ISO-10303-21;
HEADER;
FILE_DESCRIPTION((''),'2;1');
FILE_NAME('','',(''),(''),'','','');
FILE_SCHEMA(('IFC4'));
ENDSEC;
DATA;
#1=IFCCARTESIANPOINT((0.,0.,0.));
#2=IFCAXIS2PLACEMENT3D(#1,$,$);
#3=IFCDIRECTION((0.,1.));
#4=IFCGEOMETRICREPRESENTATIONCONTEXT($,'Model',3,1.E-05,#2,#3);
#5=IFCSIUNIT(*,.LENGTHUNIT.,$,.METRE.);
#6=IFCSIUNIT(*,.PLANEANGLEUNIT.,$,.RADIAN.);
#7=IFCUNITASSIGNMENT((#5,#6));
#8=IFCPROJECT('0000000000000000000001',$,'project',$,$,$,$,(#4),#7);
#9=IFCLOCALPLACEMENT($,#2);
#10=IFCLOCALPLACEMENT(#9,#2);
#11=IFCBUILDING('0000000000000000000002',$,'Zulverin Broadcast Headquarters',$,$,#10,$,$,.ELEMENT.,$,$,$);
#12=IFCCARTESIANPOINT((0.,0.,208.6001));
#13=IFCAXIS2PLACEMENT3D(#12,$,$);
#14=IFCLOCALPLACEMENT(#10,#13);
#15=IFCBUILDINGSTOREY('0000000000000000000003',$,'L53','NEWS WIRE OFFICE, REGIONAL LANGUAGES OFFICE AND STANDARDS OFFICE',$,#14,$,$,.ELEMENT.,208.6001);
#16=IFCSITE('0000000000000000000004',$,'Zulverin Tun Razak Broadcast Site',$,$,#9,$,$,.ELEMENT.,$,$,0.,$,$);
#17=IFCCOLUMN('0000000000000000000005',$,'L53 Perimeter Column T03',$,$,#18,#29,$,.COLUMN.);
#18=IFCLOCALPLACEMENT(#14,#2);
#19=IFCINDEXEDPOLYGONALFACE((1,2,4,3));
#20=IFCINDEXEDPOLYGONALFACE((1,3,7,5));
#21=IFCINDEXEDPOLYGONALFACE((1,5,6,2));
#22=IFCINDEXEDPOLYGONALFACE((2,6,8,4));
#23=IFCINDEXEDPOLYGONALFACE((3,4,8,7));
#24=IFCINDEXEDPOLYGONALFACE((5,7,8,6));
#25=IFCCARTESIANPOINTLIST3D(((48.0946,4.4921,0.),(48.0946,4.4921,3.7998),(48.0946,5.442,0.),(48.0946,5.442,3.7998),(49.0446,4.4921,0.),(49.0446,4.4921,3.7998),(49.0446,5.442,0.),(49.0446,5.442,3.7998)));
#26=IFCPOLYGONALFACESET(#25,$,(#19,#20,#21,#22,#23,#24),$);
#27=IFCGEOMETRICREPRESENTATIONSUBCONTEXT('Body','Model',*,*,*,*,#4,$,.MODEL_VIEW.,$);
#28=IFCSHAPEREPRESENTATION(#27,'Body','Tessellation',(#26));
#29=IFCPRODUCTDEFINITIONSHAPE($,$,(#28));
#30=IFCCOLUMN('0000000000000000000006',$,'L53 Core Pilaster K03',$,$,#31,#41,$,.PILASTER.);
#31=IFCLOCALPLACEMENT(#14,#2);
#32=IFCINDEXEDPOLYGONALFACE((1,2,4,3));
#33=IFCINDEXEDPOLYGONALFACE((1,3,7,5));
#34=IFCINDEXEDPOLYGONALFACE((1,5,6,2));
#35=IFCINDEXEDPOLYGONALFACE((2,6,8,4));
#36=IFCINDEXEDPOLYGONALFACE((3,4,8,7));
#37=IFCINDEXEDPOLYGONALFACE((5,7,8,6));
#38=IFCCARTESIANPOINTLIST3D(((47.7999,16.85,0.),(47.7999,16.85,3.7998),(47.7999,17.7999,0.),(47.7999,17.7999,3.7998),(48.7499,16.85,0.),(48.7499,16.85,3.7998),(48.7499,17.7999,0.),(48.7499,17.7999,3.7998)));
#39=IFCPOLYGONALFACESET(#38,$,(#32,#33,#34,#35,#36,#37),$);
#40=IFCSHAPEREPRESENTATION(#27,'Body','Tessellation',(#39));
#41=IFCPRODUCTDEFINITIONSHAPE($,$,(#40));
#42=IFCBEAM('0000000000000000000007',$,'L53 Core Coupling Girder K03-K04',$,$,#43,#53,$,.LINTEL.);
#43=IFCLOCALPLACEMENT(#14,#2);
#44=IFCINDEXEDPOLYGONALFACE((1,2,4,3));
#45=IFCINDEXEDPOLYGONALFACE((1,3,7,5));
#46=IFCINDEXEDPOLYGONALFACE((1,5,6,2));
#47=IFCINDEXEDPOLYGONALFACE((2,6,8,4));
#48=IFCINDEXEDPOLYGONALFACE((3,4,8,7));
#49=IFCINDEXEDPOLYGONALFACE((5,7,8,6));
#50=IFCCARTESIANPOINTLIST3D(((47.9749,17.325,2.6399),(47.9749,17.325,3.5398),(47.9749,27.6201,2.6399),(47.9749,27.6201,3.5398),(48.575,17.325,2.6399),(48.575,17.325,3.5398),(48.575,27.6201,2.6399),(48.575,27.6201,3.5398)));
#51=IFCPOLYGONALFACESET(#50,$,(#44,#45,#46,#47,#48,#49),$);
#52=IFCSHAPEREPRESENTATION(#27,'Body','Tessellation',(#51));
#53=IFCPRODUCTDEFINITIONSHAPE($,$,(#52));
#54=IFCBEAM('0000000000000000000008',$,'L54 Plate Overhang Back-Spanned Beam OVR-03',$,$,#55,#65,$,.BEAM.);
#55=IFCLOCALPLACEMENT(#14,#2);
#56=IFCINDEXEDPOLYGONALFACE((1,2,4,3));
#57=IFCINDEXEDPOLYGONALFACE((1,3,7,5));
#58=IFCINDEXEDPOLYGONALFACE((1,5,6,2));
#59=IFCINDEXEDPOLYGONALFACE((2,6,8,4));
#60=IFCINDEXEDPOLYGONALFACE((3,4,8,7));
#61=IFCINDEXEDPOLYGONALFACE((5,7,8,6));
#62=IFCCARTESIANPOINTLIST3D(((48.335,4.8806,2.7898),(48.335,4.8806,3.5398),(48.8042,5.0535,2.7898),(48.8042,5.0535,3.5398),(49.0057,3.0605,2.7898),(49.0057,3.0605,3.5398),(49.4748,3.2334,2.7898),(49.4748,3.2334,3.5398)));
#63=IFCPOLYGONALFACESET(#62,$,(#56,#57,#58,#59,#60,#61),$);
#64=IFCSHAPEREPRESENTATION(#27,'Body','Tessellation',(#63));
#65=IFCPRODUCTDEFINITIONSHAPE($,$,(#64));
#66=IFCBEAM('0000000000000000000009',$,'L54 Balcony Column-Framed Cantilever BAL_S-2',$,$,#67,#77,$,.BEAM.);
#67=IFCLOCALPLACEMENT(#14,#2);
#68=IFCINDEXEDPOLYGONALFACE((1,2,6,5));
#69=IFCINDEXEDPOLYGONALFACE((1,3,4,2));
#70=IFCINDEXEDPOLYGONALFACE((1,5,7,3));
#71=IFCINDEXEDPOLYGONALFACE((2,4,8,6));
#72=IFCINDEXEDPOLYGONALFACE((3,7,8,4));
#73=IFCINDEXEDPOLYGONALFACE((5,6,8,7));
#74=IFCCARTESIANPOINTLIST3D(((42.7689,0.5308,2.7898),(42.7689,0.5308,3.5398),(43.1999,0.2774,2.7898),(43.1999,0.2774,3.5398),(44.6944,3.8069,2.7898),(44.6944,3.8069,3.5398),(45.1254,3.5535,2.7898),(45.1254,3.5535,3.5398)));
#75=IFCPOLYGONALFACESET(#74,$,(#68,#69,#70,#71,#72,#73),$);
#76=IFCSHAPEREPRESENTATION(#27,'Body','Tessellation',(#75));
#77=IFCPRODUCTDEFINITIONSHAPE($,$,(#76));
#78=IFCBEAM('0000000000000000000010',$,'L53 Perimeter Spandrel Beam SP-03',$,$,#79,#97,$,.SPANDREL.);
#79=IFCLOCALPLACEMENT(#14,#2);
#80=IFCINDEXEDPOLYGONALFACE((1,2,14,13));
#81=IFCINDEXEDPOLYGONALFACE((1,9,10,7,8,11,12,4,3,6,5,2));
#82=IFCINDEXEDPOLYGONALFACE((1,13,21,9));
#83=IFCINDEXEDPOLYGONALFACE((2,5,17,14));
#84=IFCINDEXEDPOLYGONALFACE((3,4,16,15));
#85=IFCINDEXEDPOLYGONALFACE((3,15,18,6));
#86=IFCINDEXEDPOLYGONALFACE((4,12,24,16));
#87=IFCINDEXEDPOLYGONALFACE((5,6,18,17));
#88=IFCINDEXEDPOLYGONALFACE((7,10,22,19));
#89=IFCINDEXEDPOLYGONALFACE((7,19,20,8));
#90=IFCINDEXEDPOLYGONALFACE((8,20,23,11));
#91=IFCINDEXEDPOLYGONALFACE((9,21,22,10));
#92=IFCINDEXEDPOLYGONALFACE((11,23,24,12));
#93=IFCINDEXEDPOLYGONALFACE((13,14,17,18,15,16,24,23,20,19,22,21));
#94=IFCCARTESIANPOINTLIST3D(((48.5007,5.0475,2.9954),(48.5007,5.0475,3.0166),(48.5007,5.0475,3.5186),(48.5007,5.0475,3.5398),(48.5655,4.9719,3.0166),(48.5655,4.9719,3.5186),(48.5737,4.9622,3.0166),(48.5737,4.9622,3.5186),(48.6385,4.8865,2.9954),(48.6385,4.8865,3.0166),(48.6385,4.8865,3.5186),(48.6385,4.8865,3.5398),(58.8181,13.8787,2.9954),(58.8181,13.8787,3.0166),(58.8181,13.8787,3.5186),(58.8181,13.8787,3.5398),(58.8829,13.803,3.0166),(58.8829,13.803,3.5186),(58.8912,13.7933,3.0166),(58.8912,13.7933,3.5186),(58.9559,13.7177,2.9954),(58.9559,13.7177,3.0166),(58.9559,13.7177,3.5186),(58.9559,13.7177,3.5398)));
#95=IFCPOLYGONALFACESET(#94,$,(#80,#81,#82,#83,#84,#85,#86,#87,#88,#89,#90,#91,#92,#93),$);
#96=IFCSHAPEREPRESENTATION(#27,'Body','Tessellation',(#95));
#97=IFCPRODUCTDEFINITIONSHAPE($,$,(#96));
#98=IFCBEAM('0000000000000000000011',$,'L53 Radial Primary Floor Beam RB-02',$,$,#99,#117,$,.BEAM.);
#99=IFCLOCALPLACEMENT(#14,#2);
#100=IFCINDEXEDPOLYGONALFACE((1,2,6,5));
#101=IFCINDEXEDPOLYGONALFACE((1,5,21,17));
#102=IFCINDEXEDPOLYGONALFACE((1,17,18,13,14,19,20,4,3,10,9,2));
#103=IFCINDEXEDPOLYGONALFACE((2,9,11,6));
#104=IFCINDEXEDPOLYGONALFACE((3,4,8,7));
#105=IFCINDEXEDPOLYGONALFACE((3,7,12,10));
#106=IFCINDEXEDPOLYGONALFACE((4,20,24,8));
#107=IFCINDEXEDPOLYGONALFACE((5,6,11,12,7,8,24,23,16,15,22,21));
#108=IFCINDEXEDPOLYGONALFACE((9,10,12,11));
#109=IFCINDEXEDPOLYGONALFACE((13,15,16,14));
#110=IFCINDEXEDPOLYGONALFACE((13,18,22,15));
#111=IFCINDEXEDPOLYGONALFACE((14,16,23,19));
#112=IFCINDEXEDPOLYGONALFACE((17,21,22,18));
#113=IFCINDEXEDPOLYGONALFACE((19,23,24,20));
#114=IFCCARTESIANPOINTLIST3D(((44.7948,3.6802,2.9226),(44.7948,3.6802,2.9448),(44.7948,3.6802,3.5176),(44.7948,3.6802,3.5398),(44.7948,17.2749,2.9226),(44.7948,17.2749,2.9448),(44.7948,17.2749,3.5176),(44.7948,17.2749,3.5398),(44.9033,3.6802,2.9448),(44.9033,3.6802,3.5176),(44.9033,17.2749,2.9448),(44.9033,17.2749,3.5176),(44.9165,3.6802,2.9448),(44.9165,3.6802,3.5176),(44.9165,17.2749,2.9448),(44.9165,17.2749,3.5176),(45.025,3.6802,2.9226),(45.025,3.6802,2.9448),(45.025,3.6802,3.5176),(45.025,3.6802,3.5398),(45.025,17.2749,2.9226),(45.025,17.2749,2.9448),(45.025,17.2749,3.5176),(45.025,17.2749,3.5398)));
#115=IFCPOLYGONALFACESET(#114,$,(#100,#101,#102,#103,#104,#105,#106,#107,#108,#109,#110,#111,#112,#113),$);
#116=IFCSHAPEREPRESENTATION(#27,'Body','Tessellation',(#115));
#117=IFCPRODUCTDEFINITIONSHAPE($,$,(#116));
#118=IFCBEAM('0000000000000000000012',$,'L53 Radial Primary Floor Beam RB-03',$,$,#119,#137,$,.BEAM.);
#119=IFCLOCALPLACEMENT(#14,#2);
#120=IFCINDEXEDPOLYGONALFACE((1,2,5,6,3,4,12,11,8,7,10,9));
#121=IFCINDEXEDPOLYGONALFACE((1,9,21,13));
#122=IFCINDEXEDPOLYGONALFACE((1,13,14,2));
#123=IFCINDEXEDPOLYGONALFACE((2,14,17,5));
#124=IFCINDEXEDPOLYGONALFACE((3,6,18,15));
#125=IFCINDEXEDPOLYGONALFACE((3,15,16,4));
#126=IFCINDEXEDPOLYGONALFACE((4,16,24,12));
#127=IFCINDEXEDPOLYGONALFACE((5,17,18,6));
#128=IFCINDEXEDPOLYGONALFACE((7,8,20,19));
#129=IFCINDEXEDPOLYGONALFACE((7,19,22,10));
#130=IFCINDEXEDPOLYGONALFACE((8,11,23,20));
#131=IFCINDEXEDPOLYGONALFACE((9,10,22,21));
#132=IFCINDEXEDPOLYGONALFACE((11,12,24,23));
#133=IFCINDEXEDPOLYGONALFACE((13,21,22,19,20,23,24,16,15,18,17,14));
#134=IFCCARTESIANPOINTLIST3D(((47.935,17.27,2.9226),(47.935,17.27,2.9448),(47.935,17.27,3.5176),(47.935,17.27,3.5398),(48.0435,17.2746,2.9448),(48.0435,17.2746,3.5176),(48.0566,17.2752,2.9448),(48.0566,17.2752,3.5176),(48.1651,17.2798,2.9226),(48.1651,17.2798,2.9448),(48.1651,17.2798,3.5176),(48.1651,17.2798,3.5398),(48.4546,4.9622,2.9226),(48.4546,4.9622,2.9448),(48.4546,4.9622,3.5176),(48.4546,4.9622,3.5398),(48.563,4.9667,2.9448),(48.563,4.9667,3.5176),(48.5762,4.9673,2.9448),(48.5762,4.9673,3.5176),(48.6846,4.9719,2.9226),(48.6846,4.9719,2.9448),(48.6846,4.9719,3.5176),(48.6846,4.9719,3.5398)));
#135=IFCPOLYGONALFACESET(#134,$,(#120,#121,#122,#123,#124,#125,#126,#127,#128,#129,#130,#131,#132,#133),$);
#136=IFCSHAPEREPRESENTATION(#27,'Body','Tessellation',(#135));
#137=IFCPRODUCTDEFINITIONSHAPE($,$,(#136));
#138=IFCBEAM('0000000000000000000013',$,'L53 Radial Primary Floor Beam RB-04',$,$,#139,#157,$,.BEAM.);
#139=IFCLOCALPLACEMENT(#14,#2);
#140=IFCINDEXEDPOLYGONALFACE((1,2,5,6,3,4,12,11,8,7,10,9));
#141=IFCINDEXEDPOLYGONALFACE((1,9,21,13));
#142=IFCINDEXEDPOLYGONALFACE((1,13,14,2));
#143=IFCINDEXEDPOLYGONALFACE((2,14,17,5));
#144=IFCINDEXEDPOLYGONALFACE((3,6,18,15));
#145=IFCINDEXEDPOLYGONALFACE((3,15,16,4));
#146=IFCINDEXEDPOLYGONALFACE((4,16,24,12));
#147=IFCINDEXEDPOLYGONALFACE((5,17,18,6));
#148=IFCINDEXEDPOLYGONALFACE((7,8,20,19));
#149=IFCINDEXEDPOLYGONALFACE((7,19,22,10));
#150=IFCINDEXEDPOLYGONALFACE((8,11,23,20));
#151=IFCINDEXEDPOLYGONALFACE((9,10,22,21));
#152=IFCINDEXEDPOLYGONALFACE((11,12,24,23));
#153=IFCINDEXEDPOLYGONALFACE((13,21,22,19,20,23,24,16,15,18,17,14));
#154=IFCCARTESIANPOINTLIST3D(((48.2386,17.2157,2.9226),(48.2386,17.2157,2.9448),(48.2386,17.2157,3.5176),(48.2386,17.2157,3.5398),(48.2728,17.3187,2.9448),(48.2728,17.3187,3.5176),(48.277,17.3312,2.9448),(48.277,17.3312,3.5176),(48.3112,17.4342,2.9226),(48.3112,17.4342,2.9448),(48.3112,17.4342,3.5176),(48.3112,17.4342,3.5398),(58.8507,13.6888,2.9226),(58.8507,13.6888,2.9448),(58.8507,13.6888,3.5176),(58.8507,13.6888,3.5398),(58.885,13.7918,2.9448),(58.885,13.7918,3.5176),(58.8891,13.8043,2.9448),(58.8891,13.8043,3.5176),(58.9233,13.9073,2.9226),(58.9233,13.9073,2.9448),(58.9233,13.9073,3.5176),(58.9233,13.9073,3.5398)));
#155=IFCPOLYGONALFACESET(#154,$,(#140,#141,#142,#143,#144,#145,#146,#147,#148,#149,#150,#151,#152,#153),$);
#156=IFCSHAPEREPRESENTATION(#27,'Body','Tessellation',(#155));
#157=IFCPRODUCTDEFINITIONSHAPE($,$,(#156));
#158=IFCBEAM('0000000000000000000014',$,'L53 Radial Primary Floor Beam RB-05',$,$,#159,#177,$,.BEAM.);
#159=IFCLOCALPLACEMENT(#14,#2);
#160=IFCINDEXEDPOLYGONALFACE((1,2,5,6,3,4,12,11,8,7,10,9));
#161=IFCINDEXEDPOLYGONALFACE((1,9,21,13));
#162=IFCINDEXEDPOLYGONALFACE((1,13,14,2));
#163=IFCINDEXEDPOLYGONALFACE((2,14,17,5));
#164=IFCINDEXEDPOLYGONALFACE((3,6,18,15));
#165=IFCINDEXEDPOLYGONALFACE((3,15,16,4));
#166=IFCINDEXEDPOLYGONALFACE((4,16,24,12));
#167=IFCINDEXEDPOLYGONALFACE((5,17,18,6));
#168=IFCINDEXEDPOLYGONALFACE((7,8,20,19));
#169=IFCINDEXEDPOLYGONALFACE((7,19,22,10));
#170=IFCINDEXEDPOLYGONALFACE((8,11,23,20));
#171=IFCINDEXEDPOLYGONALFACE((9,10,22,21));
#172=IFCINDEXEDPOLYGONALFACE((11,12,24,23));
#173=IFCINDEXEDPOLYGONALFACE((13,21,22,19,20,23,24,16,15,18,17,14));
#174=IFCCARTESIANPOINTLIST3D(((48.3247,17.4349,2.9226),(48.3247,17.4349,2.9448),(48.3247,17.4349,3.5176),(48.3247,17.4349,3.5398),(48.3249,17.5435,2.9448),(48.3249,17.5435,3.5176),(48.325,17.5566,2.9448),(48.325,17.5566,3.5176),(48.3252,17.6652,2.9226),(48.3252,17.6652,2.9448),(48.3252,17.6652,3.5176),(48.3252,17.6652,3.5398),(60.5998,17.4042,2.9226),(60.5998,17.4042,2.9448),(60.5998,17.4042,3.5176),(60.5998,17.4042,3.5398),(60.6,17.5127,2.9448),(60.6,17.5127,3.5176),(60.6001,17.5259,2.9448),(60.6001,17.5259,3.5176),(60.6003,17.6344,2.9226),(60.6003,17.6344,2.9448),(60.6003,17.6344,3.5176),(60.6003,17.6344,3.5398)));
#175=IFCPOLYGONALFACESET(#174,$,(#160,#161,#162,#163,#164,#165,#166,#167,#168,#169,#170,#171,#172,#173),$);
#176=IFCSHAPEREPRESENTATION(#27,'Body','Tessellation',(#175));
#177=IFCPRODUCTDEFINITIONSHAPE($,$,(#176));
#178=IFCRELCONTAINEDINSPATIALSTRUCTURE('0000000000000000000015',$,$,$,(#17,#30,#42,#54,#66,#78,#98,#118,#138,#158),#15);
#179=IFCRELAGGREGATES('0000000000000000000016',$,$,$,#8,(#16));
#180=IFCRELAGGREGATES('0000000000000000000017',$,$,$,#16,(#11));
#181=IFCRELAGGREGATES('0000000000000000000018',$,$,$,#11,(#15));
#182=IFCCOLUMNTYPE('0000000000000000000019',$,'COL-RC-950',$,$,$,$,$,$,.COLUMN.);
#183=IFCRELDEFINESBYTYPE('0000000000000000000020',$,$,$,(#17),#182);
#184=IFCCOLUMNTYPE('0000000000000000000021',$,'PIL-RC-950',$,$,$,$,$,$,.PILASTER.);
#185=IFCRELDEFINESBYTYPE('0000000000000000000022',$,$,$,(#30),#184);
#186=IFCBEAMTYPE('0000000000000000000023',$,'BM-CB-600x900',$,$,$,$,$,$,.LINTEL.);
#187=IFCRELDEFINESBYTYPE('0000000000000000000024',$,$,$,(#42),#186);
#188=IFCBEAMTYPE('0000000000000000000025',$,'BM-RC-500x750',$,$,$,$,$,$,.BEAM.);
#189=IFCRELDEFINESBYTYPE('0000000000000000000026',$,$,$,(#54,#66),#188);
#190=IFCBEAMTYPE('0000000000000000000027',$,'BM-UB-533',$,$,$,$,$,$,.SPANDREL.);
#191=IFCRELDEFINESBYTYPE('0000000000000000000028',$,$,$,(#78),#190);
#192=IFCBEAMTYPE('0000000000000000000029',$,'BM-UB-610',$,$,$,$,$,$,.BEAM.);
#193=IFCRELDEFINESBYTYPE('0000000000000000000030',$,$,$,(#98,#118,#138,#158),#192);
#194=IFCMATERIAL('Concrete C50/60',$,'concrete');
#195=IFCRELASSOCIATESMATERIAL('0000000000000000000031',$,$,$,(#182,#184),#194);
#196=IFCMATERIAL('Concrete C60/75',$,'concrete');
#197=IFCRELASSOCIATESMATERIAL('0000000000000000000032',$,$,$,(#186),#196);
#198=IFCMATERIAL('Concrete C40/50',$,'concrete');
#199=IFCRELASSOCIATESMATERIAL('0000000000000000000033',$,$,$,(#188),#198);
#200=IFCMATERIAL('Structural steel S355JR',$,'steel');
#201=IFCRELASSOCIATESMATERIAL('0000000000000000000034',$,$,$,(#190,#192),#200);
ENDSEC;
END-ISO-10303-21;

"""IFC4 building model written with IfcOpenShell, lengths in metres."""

from ifc_helpers import new_model, si_unit, direction, frame, origin, origin_2d, place, context, subcontext, project, spatial, rectangle, i_section, extrude, material, material_profile, profile_set, type_object, element, save


model = new_model("IFC4")

# Units and contexts
model_context = context("Model", 3, precision=1e-05, world=origin(), true_north=direction((0.0, 1.0)))
body_context = subcontext(model_context, "Body", "Model", "MODEL_VIEW")
ifc_project = project(units=[si_unit("LENGTHUNIT", "METRE"), si_unit("PLANEANGLEUNIT", "RADIAN")], contexts=[model_context])

# Site, building, storey
site_placement = place(None, origin())
site = spatial("IfcSite", under=ifc_project, at=site_placement, Name="Zulverin Tun Razak Broadcast Site", CompositionType="ELEMENT", RefElevation=0.0)
building_placement = place(site_placement, origin())
building = spatial("IfcBuilding", under=site, at=building_placement, Name="Zulverin Broadcast Headquarters", CompositionType="ELEMENT")
storey_placement = place(building_placement, frame((0.0, 0.0, 208.6001)))
storey = spatial("IfcBuildingStorey", under=building, at=storey_placement, Name="L53", Description="NEWS WIRE OFFICE, REGIONAL LANGUAGES OFFICE AND STANDARDS OFFICE", CompositionType="ELEMENT", Elevation=208.6001)

# Columns
ifc_material_1 = material(Name="Concrete C50/60", Category="concrete")
ifc_material_profile_1 = material_profile(ifc_material_1, rectangle(XDim=0.95, YDim=0.95, at=origin_2d()), Name="Concrete C50/60", Category="concrete")
ifc_profile_set_1 = profile_set([ifc_material_profile_1], Name="Concrete C50/60")
column_type_1 = type_object("IfcColumnType", Name="COL-RC-950", PredefinedType="COLUMN", material=ifc_profile_set_1)
column_1_placement = place(storey_placement, frame((48.5696, 4.967, 0.0), z_axis=(0.0, 0.0, 1.0), x_axis=(1.0, 0.0, 0.0)))
element("IfcColumn", 1, at=column_1_placement, inside=storey, type_object=column_type_1, Name="L53 Perimeter Column T03", PredefinedType="COLUMN", context=body_context, shape_type="SweptSolid", body=[
    extrude(rectangle(XDim=0.95, YDim=0.95, at=origin_2d()), origin(), (0.0, 0.0, 1.0), 3.7998),
])
ifc_material_profile_2 = material_profile(ifc_material_1, rectangle(XDim=0.95, YDim=0.95, at=origin_2d()), Name="Concrete C50/60", Category="concrete")
ifc_profile_set_2 = profile_set([ifc_material_profile_2], Name="Concrete C50/60")
column_type_2 = type_object("IfcColumnType", Name="PIL-RC-950", PredefinedType="PILASTER", material=ifc_profile_set_2)
column_2_placement = place(storey_placement, frame((48.2749, 17.325, 0.0), z_axis=(0.0, 0.0, 1.0), x_axis=(1.0, 0.0, 0.0)))
element("IfcColumn", 2, at=column_2_placement, inside=storey, type_object=column_type_2, Name="L53 Core Pilaster K03", PredefinedType="PILASTER", context=body_context, shape_type="SweptSolid", body=[
    extrude(rectangle(XDim=0.95, YDim=0.95, at=origin_2d()), origin(), (0.0, 0.0, 1.0), 3.7998),
])

# Beams
ifc_material_2 = material(Name="Concrete C60/75", Category="concrete")
ifc_material_profile_3 = material_profile(ifc_material_2, rectangle(XDim=0.6001, YDim=0.8999, at=origin_2d()), Name="Concrete C60/75", Category="concrete")
ifc_profile_set_3 = profile_set([ifc_material_profile_3], Name="Concrete C60/75")
beam_type_1 = type_object("IfcBeamType", Name="BM-CB-600x900", PredefinedType="LINTEL", material=ifc_profile_set_3)
beam_1_placement = place(storey_placement, frame((48.2749, 17.325, 3.0898), z_axis=(0.0, 1.0, 0.0), x_axis=(-1.0, 0.0, 0.0)))
element("IfcBeam", 3, at=beam_1_placement, inside=storey, type_object=beam_type_1, Name="L53 Core Coupling Girder K03-K04", PredefinedType="LINTEL", context=body_context, shape_type="SweptSolid", body=[
    extrude(rectangle(XDim=0.6001, YDim=0.8999, at=origin_2d()), origin(), (0.0, 0.0, 1.0), 10.2952),
])
ifc_material_3 = material(Name="Concrete C40/50", Category="concrete")
ifc_material_profile_4 = material_profile(ifc_material_3, rectangle(XDim=0.5, YDim=0.75, at=origin_2d()), Name="Concrete C40/50", Category="concrete")
ifc_profile_set_4 = profile_set([ifc_material_profile_4], Name="Concrete C40/50")
beam_type_2 = type_object("IfcBeamType", Name="BM-RC-500x750", PredefinedType="BEAM", material=ifc_profile_set_4)
beam_2_placement = place(storey_placement, frame((48.5696, 4.967, 3.1648), z_axis=(0.345752, -0.938326, 0.0), x_axis=(0.938326, 0.345752, 0.0)))
element("IfcBeam", 4, at=beam_2_placement, inside=storey, type_object=beam_type_2, Name="L54 Plate Overhang Back-Spanned Beam OVR-03", PredefinedType="BEAM", context=body_context, shape_type="SweptSolid", body=[
    extrude(rectangle(XDim=0.5, YDim=0.75, at=origin_2d()), origin(), (0.0, 0.0, 1.0), 1.9397),
])
beam_3_placement = place(storey_placement, frame((44.9099, 3.6802, 3.1648), z_axis=(-0.506708, -0.862117, 0.0), x_axis=(0.862117, -0.506708, 0.0)))
element("IfcBeam", 5, at=beam_3_placement, inside=storey, type_object=beam_type_2, Name="L54 Balcony Column-Framed Cantilever BAL_S-2", PredefinedType="BEAM", context=body_context, shape_type="SweptSolid", body=[
    extrude(rectangle(XDim=0.5, YDim=0.75, at=origin_2d()), origin(), (0.0, 0.0, 1.0), 3.8),
])
ifc_material_4 = material(Name="Structural steel S355JR", Category="steel")
ifc_material_profile_5 = material_profile(ifc_material_4, i_section(OverallWidth=0.2119, OverallDepth=0.5444, WebThickness=0.0127, FlangeThickness=0.0212, at=origin_2d()), Name="Structural steel S355JR", Category="steel")
ifc_profile_set_5 = profile_set([ifc_material_profile_5], Name="Structural steel S355JR")
beam_type_3 = type_object("IfcBeamType", Name="BM-UB-533", PredefinedType="SPANDREL", material=ifc_profile_set_5)
beam_4_placement = place(storey_placement, frame((48.5696, 4.967, 3.2676), z_axis=(0.759708, 0.650264, 0.0), x_axis=(-0.650264, 0.759708, 0.0)))
element("IfcBeam", 6, at=beam_4_placement, inside=storey, type_object=beam_type_3, Name="L53 Perimeter Spandrel Beam SP-03", PredefinedType="SPANDREL", context=body_context, shape_type="SweptSolid", body=[
    extrude(i_section(OverallWidth=0.2119, OverallDepth=0.5444, WebThickness=0.0127, FlangeThickness=0.0212, at=origin_2d()), origin(), (0.0, 0.0, 1.0), 13.5808),
])
ifc_material_profile_6 = material_profile(ifc_material_4, i_section(OverallWidth=0.2302, OverallDepth=0.6172, WebThickness=0.0132, FlangeThickness=0.0222, at=origin_2d()), Name="Structural steel S355JR", Category="steel")
ifc_profile_set_6 = profile_set([ifc_material_profile_6], Name="Structural steel S355JR")
beam_type_4 = type_object("IfcBeamType", Name="BM-UB-610", PredefinedType="BEAM", material=ifc_profile_set_6)
beam_5_placement = place(storey_placement, frame((44.9099, 17.2749, 3.2312), z_axis=(0.0, -1.0, 0.0), x_axis=(1.0, 0.0, 0.0)))
element("IfcBeam", 7, at=beam_5_placement, inside=storey, type_object=beam_type_4, Name="L53 Radial Primary Floor Beam RB-02", PredefinedType="BEAM", context=body_context, shape_type="SweptSolid", body=[
    extrude(i_section(OverallWidth=0.2302, OverallDepth=0.6172, WebThickness=0.0132, FlangeThickness=0.0222, at=origin_2d()), origin(), (0.0, 0.0, 1.0), 13.5947),
])
beam_6_placement = place(storey_placement, frame((48.05, 17.2749, 3.2312), z_axis=(0.042174, -0.99911, 0.0), x_axis=(0.99911, 0.042174, 0.0)))
element("IfcBeam", 8, at=beam_6_placement, inside=storey, type_object=beam_type_4, Name="L53 Radial Primary Floor Beam RB-03", PredefinedType="BEAM", context=body_context, shape_type="SweptSolid", body=[
    extrude(i_section(OverallWidth=0.2302, OverallDepth=0.6172, WebThickness=0.0132, FlangeThickness=0.0222, at=origin_2d()), origin(), (0.0, 0.0, 1.0), 12.3188),
])
beam_7_placement = place(storey_placement, frame((48.2749, 17.325, 3.2312), z_axis=(0.948965, -0.315383, 0.0), x_axis=(0.315383, 0.948965, 0.0)))
element("IfcBeam", 9, at=beam_7_placement, inside=storey, type_object=beam_type_4, Name="L53 Radial Primary Floor Beam RB-04", PredefinedType="BEAM", context=body_context, shape_type="SweptSolid", body=[
    extrude(i_section(OverallWidth=0.2302, OverallDepth=0.6172, WebThickness=0.0132, FlangeThickness=0.0222, at=origin_2d()), origin(), (0.0, 0.0, 1.0), 11.1829),
])
beam_8_placement = place(storey_placement, frame((48.325, 17.55, 3.2312), z_axis=(0.999997, -0.002506, 0.0), x_axis=(0.002506, 0.999997, 0.0)))
element("IfcBeam", 10, at=beam_8_placement, inside=storey, type_object=beam_type_4, Name="L53 Radial Primary Floor Beam RB-05", PredefinedType="BEAM", context=body_context, shape_type="SweptSolid", body=[
    extrude(i_section(OverallWidth=0.2302, OverallDepth=0.6172, WebThickness=0.0132, FlangeThickness=0.0222, at=origin_2d()), origin(), (0.0, 0.0, 1.0), 12.2751),
])

save(model, "model.ifc")
